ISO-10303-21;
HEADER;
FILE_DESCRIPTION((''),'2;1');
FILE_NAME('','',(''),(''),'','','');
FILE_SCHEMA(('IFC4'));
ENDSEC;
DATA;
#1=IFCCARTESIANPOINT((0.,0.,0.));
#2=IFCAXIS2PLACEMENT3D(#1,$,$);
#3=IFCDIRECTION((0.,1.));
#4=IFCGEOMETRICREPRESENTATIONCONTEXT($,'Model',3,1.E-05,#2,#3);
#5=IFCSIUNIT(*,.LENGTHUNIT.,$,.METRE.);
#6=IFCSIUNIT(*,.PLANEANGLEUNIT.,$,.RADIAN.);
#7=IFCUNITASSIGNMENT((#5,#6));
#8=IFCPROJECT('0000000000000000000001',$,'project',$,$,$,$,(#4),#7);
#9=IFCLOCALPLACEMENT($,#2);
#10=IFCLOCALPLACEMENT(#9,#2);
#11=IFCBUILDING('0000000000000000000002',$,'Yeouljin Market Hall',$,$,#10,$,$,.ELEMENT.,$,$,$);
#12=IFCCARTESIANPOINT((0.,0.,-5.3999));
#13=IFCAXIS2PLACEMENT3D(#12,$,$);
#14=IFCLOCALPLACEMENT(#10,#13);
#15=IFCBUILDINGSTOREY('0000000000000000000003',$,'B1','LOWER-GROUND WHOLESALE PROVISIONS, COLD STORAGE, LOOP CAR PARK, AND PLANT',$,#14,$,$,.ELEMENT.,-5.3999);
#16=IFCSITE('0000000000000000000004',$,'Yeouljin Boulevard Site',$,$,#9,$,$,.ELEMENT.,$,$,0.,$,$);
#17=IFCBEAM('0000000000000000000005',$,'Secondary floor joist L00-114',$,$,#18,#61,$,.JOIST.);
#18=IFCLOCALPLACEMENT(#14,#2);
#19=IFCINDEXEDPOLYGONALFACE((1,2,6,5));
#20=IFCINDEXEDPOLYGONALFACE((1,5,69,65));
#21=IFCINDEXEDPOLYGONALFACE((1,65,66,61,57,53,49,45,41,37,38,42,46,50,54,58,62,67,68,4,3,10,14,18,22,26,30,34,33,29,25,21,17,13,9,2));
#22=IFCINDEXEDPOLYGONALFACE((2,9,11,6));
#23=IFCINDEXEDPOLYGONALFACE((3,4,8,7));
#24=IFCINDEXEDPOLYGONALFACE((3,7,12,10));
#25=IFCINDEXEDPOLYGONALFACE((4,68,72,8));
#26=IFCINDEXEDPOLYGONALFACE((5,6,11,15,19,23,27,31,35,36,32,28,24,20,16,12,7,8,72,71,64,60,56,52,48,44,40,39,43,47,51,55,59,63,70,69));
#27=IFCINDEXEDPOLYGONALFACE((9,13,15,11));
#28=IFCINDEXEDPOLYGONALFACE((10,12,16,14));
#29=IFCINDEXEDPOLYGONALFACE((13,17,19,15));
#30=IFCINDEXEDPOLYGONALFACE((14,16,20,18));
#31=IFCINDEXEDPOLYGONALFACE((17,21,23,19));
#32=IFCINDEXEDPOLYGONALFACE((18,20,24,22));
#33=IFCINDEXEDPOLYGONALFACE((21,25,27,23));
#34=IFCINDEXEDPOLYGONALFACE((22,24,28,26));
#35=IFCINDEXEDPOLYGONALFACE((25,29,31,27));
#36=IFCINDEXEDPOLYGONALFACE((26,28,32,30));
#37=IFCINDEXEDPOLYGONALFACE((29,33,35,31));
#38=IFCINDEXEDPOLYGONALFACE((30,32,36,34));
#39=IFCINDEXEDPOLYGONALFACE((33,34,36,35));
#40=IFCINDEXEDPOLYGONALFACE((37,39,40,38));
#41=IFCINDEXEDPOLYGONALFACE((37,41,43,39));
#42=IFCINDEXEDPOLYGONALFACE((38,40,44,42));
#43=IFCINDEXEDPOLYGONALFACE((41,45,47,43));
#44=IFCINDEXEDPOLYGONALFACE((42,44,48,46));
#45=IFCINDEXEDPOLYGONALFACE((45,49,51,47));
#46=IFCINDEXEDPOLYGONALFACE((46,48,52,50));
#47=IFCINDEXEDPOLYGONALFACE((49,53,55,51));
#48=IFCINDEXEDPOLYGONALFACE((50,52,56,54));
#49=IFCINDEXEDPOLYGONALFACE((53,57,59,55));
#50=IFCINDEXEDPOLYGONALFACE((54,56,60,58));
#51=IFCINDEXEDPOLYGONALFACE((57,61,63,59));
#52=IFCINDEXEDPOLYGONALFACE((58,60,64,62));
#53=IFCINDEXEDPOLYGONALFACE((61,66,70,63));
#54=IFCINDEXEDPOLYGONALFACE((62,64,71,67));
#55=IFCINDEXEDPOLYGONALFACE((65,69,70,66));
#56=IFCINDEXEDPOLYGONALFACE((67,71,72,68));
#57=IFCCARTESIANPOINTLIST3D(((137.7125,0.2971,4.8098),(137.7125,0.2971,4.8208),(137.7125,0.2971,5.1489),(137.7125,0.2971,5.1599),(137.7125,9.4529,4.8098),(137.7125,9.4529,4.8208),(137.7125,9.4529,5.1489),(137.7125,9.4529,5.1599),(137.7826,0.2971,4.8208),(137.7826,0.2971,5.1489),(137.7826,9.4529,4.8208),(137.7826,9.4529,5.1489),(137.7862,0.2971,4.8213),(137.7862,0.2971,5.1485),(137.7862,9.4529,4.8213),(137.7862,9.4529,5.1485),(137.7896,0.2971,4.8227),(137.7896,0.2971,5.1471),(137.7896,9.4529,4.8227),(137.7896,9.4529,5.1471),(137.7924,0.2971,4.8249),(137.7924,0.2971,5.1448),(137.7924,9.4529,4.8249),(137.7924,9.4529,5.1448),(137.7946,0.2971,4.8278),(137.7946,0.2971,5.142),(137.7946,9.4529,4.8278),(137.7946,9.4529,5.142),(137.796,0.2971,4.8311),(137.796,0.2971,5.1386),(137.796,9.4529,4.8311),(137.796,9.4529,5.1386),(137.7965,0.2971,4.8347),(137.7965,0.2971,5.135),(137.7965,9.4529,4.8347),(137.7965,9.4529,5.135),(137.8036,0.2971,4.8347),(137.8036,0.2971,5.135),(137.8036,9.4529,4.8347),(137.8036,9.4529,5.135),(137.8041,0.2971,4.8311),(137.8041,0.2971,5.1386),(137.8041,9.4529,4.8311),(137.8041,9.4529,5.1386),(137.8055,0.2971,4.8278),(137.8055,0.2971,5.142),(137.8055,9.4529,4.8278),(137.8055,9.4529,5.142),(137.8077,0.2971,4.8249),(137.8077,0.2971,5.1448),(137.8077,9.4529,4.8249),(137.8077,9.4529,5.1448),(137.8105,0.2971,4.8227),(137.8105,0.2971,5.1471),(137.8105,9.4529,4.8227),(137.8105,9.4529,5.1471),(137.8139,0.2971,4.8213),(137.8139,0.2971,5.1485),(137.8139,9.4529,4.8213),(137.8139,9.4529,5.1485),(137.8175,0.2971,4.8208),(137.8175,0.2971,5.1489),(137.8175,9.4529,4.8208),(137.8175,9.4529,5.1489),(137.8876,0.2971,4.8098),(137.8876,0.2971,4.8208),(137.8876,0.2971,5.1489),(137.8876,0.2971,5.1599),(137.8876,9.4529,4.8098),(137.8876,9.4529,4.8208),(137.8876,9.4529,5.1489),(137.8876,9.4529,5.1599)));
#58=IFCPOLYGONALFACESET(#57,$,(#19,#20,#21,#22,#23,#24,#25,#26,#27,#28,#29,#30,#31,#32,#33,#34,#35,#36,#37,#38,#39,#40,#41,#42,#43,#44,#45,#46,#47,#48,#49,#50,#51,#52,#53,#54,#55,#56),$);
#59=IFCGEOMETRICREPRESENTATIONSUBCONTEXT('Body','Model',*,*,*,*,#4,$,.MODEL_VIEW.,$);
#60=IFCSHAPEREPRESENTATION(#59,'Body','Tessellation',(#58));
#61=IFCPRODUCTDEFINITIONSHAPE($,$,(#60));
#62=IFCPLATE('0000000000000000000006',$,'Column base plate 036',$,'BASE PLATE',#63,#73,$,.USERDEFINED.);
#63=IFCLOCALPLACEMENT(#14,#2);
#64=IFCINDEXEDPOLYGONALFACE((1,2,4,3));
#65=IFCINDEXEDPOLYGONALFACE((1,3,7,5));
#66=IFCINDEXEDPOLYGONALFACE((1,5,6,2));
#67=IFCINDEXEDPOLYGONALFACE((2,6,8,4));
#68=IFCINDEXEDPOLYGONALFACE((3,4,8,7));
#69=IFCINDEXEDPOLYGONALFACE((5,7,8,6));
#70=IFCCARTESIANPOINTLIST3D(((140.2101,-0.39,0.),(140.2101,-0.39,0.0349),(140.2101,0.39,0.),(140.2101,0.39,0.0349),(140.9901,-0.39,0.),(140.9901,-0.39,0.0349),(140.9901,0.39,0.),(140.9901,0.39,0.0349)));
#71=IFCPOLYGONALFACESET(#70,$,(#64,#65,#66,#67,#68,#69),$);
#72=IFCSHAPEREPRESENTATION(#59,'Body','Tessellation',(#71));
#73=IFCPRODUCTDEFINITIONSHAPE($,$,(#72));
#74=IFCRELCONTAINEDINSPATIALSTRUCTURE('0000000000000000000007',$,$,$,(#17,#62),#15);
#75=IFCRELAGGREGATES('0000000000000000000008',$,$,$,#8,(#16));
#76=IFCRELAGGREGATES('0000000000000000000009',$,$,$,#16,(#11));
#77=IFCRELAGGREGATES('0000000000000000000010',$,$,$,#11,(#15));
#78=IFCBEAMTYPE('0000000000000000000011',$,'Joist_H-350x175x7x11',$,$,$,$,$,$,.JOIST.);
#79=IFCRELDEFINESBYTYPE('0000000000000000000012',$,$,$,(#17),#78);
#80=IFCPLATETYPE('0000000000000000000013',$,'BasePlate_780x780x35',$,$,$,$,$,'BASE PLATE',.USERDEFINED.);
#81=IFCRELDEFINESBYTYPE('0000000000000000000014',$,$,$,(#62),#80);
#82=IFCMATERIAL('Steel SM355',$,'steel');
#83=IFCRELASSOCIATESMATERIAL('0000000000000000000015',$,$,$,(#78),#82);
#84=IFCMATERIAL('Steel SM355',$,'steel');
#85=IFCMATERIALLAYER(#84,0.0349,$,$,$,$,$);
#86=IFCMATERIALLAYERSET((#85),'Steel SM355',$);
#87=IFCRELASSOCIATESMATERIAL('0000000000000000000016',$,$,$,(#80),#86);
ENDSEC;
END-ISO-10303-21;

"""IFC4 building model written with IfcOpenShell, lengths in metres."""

from ifc_helpers import new_model, si_unit, direction, frame, origin, origin_2d, place, context, subcontext, project, spatial, rectangle, i_section, extrude, material, layer, layer_set, material_profile, profile_set, type_object, element, save


model = new_model("IFC4")

# Units and contexts
model_context = context("Model", 3, precision=1e-05, world=origin(), true_north=direction((0.0, 1.0)))
body_context = subcontext(model_context, "Body", "Model", "MODEL_VIEW")
ifc_project = project(units=[si_unit("LENGTHUNIT", "METRE"), si_unit("PLANEANGLEUNIT", "RADIAN")], contexts=[model_context])

# Site, building, storey
site_placement = place(None, origin())
site = spatial("IfcSite", under=ifc_project, at=site_placement, Name="Yeouljin Boulevard Site", CompositionType="ELEMENT", RefElevation=0.0)
building_placement = place(site_placement, origin())
building = spatial("IfcBuilding", under=site, at=building_placement, Name="Yeouljin Market Hall", CompositionType="ELEMENT")
storey_placement = place(building_placement, frame((0.0, 0.0, -5.3999)))
storey = spatial("IfcBuildingStorey", under=building, at=storey_placement, Name="B1", Description="LOWER-GROUND WHOLESALE PROVISIONS, COLD STORAGE, LOOP CAR PARK, AND PLANT", CompositionType="ELEMENT", Elevation=-5.3999)

# Beam
ifc_material_1 = material(Name="Steel SM355", Category="steel")
ifc_material_profile_1 = material_profile(ifc_material_1, i_section(OverallWidth=0.175, OverallDepth=0.3501, WebThickness=0.0071, FlangeThickness=0.011, FilletRadius=0.0139, at=origin_2d()), Name="H-350x175x7x11")
ifc_profile_set_1 = profile_set([ifc_material_profile_1], Name="Steel SM355")
beam_type_1 = type_object("IfcBeamType", Name="Joist_H-350x175x7x11", PredefinedType="JOIST", material=ifc_profile_set_1)
for number, where, z_axis, x_axis, name in (
    (1, (137.8, 0.2971, 4.9849), (0.0, 1.0, 0.0), (-1.0, 0.0, 0.0), "Secondary floor joist L00-114"),
):
    element("IfcBeam", number, at=place(storey_placement, frame(where, z_axis=z_axis, x_axis=x_axis)), inside=storey, type_object=beam_type_1, Name=name, PredefinedType="JOIST", context=body_context, shape_type="SweptSolid", body=[
        extrude(i_section(OverallWidth=0.175, OverallDepth=0.3501, WebThickness=0.0071, FlangeThickness=0.011, FilletRadius=0.0139, at=origin_2d()), origin(), (0.0, 0.0, 1.0), 9.1558),
    ])

# Plate
ifc_material_2 = material(Name="Steel SM355", Category="steel")
ifc_layer = layer(ifc_material_2, 0.0349)
ifc_layer_set = layer_set([ifc_layer], Name="Steel SM355")
plate_type = type_object("IfcPlateType", Name="BasePlate_780x780x35", ElementType="BASE PLATE", PredefinedType="USERDEFINED", material=ifc_layer_set)
plate_placement = place(storey_placement, frame((140.6001, 0.0, 0.0), z_axis=(0.0, 0.0, 1.0), x_axis=(1.0, 0.0, 0.0)))
element("IfcPlate", 2, at=plate_placement, inside=storey, type_object=plate_type, Name="Column base plate 036", ObjectType="BASE PLATE", PredefinedType="USERDEFINED", context=body_context, shape_type="SweptSolid", body=[
    extrude(rectangle(XDim=0.78, YDim=0.78, at=origin_2d()), origin(), (0.0, 0.0, 1.0), 0.0349),
])

save(model, "model.ifc")
